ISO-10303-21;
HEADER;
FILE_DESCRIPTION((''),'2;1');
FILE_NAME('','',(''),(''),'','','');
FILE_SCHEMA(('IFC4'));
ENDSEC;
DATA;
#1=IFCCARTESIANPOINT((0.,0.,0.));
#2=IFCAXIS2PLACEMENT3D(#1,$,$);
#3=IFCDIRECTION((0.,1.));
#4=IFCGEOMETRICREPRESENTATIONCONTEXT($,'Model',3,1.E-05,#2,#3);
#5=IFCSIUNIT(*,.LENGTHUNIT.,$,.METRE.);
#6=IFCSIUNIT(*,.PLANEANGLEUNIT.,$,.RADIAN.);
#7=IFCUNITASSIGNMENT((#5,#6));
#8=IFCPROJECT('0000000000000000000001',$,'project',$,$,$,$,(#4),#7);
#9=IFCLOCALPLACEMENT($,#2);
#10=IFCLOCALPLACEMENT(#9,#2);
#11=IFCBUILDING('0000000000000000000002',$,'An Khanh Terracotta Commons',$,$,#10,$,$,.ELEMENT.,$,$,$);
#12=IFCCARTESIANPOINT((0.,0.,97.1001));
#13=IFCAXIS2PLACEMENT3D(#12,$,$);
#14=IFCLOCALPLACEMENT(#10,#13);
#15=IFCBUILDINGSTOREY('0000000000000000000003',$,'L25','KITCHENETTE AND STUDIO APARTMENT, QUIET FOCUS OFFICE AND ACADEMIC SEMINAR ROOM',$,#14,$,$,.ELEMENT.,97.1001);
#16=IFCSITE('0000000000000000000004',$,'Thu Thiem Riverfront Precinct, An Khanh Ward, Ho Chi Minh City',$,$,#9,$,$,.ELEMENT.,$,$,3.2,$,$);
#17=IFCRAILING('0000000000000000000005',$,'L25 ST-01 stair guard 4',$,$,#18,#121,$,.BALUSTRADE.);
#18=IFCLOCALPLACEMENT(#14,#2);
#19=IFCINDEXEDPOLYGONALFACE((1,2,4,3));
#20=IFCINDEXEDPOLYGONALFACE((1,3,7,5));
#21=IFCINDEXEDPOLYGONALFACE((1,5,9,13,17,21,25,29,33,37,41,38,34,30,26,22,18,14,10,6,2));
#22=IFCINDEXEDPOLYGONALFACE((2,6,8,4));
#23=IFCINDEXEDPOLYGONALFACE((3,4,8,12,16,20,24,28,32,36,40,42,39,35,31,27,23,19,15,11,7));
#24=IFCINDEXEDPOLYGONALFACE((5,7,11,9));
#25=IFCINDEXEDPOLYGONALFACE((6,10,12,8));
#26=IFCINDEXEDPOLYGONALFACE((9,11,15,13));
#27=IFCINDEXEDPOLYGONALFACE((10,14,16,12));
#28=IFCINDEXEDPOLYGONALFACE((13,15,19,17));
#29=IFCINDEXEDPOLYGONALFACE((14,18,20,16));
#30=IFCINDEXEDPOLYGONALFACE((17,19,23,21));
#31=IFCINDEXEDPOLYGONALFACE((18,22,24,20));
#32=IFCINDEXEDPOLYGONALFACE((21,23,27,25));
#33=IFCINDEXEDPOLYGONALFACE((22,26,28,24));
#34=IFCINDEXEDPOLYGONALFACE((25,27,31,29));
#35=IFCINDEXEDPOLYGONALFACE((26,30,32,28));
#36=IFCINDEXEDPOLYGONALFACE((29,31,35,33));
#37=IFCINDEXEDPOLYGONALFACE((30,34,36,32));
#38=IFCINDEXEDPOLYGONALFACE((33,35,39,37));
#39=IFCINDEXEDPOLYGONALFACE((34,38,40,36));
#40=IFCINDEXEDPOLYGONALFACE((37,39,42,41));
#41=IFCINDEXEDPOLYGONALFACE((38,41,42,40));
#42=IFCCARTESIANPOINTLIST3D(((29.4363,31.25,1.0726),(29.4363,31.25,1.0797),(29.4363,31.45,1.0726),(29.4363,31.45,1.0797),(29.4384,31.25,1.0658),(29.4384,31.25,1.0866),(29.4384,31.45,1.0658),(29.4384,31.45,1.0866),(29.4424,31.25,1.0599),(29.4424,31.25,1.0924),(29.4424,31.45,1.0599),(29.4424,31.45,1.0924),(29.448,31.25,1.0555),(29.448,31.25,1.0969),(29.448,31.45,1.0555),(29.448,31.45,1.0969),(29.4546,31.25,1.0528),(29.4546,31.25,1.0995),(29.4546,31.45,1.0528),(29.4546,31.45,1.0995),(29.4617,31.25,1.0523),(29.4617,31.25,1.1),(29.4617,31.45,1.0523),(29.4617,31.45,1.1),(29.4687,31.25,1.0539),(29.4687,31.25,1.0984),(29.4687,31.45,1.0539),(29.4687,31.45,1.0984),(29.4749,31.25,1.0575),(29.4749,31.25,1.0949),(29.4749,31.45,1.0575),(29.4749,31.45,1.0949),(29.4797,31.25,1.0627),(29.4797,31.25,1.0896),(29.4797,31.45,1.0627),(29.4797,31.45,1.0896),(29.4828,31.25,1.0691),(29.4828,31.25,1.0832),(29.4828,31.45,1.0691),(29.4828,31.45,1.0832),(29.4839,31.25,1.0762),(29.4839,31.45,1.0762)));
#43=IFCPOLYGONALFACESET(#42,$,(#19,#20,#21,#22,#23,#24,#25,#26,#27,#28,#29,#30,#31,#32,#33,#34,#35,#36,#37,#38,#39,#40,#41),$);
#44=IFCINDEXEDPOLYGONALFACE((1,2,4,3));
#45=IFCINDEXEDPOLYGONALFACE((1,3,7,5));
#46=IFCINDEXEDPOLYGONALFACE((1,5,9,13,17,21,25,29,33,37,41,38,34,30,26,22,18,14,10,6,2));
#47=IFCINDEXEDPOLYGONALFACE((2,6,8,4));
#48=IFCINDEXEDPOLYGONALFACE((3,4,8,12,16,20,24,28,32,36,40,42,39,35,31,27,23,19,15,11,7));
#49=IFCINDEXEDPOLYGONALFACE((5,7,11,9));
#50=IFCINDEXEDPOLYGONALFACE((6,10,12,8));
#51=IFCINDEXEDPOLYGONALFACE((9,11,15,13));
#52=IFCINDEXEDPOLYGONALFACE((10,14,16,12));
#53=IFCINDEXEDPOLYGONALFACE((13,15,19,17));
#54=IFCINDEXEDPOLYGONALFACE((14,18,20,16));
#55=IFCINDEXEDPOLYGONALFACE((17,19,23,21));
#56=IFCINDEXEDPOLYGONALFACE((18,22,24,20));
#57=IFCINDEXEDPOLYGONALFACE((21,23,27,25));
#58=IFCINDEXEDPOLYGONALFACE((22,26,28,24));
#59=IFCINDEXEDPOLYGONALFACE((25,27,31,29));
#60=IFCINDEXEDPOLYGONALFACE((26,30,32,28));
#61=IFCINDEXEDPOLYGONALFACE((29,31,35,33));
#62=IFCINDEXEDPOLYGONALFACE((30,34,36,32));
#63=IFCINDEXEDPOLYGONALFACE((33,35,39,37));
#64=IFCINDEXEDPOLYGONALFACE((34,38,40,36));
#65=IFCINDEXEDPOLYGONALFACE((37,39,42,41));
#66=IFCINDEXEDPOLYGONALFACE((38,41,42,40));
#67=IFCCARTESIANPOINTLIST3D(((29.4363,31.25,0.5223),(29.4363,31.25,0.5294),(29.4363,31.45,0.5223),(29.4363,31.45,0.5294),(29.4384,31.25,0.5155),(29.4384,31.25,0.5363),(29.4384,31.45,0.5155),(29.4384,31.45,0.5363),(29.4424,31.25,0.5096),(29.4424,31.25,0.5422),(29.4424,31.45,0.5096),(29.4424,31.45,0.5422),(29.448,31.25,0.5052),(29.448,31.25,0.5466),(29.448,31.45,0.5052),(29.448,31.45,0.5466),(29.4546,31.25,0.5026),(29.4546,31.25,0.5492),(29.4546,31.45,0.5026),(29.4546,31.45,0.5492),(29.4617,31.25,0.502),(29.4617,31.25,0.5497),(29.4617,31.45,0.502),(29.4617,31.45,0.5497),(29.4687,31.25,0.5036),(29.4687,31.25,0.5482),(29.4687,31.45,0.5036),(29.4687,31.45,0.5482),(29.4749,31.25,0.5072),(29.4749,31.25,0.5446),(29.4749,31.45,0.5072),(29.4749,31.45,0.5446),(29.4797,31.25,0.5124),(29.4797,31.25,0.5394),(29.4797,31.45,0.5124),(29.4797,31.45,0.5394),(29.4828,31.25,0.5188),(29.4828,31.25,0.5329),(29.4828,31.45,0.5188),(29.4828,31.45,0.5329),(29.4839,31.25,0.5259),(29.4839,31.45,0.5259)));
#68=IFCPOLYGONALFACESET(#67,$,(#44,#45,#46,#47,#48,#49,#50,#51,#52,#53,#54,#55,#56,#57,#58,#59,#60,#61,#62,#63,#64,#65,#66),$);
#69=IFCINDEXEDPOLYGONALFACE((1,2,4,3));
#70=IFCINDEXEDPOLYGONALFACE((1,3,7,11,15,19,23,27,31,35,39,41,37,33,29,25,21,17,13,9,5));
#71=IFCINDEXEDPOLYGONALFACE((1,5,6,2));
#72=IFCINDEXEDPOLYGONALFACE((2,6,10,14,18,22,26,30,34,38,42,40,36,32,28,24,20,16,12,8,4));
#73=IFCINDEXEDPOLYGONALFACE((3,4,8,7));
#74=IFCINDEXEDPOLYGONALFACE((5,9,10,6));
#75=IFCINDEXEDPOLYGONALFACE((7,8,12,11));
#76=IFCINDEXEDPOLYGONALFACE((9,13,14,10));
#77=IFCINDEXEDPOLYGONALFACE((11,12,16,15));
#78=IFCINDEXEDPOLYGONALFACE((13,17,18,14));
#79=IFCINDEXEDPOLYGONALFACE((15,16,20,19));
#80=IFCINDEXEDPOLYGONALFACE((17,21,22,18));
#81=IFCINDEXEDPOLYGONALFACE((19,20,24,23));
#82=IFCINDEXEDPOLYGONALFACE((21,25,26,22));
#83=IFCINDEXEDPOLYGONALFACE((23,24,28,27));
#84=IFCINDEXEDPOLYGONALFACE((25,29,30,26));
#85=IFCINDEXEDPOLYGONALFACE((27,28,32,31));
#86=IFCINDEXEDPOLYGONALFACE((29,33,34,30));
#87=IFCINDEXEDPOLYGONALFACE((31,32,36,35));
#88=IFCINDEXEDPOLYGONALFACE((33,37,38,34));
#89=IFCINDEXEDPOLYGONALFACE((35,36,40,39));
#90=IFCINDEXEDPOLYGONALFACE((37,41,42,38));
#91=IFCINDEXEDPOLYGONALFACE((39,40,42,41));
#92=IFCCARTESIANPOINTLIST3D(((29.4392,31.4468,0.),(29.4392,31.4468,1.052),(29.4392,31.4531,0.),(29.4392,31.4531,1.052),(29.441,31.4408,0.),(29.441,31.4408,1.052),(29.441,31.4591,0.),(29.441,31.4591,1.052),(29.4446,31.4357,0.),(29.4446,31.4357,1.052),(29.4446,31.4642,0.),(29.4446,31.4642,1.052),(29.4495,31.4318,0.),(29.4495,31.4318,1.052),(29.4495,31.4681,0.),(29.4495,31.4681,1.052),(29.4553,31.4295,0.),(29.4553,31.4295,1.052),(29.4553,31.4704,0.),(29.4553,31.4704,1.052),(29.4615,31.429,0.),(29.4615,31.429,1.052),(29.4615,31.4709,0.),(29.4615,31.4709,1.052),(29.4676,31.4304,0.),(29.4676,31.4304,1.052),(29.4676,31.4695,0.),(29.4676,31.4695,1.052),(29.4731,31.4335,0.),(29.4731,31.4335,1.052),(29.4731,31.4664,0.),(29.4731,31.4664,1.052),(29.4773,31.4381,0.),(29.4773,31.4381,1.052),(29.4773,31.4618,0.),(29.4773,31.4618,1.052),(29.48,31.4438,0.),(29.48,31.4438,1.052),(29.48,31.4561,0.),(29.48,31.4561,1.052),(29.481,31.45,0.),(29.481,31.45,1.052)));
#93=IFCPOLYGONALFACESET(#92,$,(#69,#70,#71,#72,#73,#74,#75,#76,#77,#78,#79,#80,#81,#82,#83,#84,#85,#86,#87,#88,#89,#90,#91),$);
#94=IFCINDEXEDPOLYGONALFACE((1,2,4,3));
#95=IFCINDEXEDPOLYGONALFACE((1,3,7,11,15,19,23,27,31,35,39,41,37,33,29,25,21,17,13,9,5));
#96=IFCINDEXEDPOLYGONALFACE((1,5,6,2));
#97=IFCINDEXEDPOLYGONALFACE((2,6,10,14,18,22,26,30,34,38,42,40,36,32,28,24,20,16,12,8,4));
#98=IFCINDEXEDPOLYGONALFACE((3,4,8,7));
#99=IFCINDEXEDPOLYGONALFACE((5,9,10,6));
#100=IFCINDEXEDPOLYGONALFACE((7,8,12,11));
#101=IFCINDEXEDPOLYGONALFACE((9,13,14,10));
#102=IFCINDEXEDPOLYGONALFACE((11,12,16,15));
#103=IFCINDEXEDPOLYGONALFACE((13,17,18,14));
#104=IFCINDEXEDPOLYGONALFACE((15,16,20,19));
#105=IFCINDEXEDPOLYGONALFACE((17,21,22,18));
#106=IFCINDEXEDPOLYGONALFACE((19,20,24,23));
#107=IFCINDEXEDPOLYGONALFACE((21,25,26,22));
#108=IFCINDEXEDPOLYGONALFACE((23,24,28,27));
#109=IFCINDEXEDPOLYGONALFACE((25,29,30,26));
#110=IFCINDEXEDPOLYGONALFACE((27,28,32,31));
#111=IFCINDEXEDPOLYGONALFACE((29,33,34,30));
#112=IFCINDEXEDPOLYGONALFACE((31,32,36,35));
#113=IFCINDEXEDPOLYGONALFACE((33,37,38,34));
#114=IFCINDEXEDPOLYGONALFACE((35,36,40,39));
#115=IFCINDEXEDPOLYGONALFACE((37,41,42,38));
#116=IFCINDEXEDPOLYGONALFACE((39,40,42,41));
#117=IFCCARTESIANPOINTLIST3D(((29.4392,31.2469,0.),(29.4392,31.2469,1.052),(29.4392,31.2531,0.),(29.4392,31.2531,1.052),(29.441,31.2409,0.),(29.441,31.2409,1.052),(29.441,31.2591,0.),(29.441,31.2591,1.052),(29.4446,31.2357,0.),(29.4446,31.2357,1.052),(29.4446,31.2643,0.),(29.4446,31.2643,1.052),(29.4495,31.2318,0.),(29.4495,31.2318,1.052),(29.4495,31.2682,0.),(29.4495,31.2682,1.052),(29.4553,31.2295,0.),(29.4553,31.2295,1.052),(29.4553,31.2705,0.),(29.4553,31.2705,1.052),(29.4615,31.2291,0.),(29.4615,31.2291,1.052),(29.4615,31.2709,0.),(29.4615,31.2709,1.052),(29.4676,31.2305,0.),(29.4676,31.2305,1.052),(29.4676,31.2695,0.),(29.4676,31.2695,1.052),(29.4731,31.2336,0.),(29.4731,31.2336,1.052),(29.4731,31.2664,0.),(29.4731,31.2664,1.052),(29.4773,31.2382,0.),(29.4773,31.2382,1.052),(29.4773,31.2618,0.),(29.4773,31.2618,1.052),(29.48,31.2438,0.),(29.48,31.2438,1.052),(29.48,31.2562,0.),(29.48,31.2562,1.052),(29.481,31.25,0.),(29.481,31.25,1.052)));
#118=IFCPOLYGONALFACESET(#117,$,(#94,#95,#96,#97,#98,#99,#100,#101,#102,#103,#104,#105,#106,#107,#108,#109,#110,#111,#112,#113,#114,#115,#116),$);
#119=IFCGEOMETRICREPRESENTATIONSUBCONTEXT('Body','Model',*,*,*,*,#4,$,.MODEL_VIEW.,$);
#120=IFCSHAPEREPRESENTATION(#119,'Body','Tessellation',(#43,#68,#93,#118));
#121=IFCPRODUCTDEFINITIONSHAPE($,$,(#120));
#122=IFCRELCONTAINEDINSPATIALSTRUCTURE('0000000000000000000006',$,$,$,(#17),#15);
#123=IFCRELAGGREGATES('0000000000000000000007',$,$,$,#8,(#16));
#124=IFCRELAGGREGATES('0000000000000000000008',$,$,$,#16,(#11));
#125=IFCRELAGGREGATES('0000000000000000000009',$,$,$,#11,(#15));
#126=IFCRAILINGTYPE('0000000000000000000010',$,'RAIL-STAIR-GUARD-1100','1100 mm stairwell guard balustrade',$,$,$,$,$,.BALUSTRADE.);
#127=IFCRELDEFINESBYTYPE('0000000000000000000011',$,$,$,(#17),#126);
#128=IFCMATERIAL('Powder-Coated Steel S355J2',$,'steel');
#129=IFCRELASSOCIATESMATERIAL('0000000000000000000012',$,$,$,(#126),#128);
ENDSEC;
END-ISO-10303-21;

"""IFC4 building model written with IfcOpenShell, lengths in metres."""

from ifc_helpers import new_model, si_unit, direction, frame, origin, origin_2d, place, context, subcontext, project, spatial, circle, extrude, material, type_object, element, save


model = new_model("IFC4")

# Units and contexts
model_context = context("Model", 3, precision=1e-05, world=origin(), true_north=direction((0.0, 1.0)))
body_context = subcontext(model_context, "Body", "Model", "MODEL_VIEW")
ifc_project = project(units=[si_unit("LENGTHUNIT", "METRE"), si_unit("PLANEANGLEUNIT", "RADIAN")], contexts=[model_context])

# Site, building, storey
site_placement = place(None, origin())
site = spatial("IfcSite", under=ifc_project, at=site_placement, Name="Thu Thiem Riverfront Precinct, An Khanh Ward, Ho Chi Minh City", CompositionType="ELEMENT", RefElevation=3.2)
building_placement = place(site_placement, origin())
building = spatial("IfcBuilding", under=site, at=building_placement, Name="An Khanh Terracotta Commons", CompositionType="ELEMENT")
storey_placement = place(building_placement, frame((0.0, 0.0, 97.1001)))
storey = spatial("IfcBuildingStorey", under=building, at=storey_placement, Name="L25", Description="KITCHENETTE AND STUDIO APARTMENT, QUIET FOCUS OFFICE AND ACADEMIC SEMINAR ROOM", CompositionType="ELEMENT", Elevation=97.1001)

# Railing
ifc_material_1 = material(Name="Powder-Coated Steel S355J2", Category="steel")
railing_type_1 = type_object("IfcRailingType", Name="RAIL-STAIR-GUARD-1100", Description="1100 mm stairwell guard balustrade", PredefinedType="BALUSTRADE", material=ifc_material_1)
railing_1_placement = place(storey_placement, frame((29.46, 31.45, 0.0)))
element("IfcRailing", 1, at=railing_1_placement, inside=storey, type_object=railing_type_1, Name="L25 ST-01 stair guard 4", PredefinedType="BALUSTRADE", context=body_context, shape_type="SweptSolid", body=[
    extrude(circle(Radius=0.0239, at=origin_2d()), frame((0.0, 0.0, 1.0762), z_axis=(0.0, -1.0, 0.0), x_axis=(1.0, 0.0, 0.0)), (0.0, 0.0, 1.0), 0.2),
    extrude(circle(Radius=0.0239, at=origin_2d()), frame((0.0, 0.0, 0.5259), z_axis=(0.0, -1.0, 0.0), x_axis=(1.0, 0.0, 0.0)), (0.0, 0.0, 1.0), 0.2),
    extrude(circle(Radius=0.021, at=origin_2d()), origin(), (0.0, 0.0, 1.0), 1.052),
    extrude(circle(Radius=0.021, at=origin_2d()), frame((0.0, -0.2, 0.0)), (0.0, 0.0, 1.0), 1.052),
])

save(model, "model.ifc")
